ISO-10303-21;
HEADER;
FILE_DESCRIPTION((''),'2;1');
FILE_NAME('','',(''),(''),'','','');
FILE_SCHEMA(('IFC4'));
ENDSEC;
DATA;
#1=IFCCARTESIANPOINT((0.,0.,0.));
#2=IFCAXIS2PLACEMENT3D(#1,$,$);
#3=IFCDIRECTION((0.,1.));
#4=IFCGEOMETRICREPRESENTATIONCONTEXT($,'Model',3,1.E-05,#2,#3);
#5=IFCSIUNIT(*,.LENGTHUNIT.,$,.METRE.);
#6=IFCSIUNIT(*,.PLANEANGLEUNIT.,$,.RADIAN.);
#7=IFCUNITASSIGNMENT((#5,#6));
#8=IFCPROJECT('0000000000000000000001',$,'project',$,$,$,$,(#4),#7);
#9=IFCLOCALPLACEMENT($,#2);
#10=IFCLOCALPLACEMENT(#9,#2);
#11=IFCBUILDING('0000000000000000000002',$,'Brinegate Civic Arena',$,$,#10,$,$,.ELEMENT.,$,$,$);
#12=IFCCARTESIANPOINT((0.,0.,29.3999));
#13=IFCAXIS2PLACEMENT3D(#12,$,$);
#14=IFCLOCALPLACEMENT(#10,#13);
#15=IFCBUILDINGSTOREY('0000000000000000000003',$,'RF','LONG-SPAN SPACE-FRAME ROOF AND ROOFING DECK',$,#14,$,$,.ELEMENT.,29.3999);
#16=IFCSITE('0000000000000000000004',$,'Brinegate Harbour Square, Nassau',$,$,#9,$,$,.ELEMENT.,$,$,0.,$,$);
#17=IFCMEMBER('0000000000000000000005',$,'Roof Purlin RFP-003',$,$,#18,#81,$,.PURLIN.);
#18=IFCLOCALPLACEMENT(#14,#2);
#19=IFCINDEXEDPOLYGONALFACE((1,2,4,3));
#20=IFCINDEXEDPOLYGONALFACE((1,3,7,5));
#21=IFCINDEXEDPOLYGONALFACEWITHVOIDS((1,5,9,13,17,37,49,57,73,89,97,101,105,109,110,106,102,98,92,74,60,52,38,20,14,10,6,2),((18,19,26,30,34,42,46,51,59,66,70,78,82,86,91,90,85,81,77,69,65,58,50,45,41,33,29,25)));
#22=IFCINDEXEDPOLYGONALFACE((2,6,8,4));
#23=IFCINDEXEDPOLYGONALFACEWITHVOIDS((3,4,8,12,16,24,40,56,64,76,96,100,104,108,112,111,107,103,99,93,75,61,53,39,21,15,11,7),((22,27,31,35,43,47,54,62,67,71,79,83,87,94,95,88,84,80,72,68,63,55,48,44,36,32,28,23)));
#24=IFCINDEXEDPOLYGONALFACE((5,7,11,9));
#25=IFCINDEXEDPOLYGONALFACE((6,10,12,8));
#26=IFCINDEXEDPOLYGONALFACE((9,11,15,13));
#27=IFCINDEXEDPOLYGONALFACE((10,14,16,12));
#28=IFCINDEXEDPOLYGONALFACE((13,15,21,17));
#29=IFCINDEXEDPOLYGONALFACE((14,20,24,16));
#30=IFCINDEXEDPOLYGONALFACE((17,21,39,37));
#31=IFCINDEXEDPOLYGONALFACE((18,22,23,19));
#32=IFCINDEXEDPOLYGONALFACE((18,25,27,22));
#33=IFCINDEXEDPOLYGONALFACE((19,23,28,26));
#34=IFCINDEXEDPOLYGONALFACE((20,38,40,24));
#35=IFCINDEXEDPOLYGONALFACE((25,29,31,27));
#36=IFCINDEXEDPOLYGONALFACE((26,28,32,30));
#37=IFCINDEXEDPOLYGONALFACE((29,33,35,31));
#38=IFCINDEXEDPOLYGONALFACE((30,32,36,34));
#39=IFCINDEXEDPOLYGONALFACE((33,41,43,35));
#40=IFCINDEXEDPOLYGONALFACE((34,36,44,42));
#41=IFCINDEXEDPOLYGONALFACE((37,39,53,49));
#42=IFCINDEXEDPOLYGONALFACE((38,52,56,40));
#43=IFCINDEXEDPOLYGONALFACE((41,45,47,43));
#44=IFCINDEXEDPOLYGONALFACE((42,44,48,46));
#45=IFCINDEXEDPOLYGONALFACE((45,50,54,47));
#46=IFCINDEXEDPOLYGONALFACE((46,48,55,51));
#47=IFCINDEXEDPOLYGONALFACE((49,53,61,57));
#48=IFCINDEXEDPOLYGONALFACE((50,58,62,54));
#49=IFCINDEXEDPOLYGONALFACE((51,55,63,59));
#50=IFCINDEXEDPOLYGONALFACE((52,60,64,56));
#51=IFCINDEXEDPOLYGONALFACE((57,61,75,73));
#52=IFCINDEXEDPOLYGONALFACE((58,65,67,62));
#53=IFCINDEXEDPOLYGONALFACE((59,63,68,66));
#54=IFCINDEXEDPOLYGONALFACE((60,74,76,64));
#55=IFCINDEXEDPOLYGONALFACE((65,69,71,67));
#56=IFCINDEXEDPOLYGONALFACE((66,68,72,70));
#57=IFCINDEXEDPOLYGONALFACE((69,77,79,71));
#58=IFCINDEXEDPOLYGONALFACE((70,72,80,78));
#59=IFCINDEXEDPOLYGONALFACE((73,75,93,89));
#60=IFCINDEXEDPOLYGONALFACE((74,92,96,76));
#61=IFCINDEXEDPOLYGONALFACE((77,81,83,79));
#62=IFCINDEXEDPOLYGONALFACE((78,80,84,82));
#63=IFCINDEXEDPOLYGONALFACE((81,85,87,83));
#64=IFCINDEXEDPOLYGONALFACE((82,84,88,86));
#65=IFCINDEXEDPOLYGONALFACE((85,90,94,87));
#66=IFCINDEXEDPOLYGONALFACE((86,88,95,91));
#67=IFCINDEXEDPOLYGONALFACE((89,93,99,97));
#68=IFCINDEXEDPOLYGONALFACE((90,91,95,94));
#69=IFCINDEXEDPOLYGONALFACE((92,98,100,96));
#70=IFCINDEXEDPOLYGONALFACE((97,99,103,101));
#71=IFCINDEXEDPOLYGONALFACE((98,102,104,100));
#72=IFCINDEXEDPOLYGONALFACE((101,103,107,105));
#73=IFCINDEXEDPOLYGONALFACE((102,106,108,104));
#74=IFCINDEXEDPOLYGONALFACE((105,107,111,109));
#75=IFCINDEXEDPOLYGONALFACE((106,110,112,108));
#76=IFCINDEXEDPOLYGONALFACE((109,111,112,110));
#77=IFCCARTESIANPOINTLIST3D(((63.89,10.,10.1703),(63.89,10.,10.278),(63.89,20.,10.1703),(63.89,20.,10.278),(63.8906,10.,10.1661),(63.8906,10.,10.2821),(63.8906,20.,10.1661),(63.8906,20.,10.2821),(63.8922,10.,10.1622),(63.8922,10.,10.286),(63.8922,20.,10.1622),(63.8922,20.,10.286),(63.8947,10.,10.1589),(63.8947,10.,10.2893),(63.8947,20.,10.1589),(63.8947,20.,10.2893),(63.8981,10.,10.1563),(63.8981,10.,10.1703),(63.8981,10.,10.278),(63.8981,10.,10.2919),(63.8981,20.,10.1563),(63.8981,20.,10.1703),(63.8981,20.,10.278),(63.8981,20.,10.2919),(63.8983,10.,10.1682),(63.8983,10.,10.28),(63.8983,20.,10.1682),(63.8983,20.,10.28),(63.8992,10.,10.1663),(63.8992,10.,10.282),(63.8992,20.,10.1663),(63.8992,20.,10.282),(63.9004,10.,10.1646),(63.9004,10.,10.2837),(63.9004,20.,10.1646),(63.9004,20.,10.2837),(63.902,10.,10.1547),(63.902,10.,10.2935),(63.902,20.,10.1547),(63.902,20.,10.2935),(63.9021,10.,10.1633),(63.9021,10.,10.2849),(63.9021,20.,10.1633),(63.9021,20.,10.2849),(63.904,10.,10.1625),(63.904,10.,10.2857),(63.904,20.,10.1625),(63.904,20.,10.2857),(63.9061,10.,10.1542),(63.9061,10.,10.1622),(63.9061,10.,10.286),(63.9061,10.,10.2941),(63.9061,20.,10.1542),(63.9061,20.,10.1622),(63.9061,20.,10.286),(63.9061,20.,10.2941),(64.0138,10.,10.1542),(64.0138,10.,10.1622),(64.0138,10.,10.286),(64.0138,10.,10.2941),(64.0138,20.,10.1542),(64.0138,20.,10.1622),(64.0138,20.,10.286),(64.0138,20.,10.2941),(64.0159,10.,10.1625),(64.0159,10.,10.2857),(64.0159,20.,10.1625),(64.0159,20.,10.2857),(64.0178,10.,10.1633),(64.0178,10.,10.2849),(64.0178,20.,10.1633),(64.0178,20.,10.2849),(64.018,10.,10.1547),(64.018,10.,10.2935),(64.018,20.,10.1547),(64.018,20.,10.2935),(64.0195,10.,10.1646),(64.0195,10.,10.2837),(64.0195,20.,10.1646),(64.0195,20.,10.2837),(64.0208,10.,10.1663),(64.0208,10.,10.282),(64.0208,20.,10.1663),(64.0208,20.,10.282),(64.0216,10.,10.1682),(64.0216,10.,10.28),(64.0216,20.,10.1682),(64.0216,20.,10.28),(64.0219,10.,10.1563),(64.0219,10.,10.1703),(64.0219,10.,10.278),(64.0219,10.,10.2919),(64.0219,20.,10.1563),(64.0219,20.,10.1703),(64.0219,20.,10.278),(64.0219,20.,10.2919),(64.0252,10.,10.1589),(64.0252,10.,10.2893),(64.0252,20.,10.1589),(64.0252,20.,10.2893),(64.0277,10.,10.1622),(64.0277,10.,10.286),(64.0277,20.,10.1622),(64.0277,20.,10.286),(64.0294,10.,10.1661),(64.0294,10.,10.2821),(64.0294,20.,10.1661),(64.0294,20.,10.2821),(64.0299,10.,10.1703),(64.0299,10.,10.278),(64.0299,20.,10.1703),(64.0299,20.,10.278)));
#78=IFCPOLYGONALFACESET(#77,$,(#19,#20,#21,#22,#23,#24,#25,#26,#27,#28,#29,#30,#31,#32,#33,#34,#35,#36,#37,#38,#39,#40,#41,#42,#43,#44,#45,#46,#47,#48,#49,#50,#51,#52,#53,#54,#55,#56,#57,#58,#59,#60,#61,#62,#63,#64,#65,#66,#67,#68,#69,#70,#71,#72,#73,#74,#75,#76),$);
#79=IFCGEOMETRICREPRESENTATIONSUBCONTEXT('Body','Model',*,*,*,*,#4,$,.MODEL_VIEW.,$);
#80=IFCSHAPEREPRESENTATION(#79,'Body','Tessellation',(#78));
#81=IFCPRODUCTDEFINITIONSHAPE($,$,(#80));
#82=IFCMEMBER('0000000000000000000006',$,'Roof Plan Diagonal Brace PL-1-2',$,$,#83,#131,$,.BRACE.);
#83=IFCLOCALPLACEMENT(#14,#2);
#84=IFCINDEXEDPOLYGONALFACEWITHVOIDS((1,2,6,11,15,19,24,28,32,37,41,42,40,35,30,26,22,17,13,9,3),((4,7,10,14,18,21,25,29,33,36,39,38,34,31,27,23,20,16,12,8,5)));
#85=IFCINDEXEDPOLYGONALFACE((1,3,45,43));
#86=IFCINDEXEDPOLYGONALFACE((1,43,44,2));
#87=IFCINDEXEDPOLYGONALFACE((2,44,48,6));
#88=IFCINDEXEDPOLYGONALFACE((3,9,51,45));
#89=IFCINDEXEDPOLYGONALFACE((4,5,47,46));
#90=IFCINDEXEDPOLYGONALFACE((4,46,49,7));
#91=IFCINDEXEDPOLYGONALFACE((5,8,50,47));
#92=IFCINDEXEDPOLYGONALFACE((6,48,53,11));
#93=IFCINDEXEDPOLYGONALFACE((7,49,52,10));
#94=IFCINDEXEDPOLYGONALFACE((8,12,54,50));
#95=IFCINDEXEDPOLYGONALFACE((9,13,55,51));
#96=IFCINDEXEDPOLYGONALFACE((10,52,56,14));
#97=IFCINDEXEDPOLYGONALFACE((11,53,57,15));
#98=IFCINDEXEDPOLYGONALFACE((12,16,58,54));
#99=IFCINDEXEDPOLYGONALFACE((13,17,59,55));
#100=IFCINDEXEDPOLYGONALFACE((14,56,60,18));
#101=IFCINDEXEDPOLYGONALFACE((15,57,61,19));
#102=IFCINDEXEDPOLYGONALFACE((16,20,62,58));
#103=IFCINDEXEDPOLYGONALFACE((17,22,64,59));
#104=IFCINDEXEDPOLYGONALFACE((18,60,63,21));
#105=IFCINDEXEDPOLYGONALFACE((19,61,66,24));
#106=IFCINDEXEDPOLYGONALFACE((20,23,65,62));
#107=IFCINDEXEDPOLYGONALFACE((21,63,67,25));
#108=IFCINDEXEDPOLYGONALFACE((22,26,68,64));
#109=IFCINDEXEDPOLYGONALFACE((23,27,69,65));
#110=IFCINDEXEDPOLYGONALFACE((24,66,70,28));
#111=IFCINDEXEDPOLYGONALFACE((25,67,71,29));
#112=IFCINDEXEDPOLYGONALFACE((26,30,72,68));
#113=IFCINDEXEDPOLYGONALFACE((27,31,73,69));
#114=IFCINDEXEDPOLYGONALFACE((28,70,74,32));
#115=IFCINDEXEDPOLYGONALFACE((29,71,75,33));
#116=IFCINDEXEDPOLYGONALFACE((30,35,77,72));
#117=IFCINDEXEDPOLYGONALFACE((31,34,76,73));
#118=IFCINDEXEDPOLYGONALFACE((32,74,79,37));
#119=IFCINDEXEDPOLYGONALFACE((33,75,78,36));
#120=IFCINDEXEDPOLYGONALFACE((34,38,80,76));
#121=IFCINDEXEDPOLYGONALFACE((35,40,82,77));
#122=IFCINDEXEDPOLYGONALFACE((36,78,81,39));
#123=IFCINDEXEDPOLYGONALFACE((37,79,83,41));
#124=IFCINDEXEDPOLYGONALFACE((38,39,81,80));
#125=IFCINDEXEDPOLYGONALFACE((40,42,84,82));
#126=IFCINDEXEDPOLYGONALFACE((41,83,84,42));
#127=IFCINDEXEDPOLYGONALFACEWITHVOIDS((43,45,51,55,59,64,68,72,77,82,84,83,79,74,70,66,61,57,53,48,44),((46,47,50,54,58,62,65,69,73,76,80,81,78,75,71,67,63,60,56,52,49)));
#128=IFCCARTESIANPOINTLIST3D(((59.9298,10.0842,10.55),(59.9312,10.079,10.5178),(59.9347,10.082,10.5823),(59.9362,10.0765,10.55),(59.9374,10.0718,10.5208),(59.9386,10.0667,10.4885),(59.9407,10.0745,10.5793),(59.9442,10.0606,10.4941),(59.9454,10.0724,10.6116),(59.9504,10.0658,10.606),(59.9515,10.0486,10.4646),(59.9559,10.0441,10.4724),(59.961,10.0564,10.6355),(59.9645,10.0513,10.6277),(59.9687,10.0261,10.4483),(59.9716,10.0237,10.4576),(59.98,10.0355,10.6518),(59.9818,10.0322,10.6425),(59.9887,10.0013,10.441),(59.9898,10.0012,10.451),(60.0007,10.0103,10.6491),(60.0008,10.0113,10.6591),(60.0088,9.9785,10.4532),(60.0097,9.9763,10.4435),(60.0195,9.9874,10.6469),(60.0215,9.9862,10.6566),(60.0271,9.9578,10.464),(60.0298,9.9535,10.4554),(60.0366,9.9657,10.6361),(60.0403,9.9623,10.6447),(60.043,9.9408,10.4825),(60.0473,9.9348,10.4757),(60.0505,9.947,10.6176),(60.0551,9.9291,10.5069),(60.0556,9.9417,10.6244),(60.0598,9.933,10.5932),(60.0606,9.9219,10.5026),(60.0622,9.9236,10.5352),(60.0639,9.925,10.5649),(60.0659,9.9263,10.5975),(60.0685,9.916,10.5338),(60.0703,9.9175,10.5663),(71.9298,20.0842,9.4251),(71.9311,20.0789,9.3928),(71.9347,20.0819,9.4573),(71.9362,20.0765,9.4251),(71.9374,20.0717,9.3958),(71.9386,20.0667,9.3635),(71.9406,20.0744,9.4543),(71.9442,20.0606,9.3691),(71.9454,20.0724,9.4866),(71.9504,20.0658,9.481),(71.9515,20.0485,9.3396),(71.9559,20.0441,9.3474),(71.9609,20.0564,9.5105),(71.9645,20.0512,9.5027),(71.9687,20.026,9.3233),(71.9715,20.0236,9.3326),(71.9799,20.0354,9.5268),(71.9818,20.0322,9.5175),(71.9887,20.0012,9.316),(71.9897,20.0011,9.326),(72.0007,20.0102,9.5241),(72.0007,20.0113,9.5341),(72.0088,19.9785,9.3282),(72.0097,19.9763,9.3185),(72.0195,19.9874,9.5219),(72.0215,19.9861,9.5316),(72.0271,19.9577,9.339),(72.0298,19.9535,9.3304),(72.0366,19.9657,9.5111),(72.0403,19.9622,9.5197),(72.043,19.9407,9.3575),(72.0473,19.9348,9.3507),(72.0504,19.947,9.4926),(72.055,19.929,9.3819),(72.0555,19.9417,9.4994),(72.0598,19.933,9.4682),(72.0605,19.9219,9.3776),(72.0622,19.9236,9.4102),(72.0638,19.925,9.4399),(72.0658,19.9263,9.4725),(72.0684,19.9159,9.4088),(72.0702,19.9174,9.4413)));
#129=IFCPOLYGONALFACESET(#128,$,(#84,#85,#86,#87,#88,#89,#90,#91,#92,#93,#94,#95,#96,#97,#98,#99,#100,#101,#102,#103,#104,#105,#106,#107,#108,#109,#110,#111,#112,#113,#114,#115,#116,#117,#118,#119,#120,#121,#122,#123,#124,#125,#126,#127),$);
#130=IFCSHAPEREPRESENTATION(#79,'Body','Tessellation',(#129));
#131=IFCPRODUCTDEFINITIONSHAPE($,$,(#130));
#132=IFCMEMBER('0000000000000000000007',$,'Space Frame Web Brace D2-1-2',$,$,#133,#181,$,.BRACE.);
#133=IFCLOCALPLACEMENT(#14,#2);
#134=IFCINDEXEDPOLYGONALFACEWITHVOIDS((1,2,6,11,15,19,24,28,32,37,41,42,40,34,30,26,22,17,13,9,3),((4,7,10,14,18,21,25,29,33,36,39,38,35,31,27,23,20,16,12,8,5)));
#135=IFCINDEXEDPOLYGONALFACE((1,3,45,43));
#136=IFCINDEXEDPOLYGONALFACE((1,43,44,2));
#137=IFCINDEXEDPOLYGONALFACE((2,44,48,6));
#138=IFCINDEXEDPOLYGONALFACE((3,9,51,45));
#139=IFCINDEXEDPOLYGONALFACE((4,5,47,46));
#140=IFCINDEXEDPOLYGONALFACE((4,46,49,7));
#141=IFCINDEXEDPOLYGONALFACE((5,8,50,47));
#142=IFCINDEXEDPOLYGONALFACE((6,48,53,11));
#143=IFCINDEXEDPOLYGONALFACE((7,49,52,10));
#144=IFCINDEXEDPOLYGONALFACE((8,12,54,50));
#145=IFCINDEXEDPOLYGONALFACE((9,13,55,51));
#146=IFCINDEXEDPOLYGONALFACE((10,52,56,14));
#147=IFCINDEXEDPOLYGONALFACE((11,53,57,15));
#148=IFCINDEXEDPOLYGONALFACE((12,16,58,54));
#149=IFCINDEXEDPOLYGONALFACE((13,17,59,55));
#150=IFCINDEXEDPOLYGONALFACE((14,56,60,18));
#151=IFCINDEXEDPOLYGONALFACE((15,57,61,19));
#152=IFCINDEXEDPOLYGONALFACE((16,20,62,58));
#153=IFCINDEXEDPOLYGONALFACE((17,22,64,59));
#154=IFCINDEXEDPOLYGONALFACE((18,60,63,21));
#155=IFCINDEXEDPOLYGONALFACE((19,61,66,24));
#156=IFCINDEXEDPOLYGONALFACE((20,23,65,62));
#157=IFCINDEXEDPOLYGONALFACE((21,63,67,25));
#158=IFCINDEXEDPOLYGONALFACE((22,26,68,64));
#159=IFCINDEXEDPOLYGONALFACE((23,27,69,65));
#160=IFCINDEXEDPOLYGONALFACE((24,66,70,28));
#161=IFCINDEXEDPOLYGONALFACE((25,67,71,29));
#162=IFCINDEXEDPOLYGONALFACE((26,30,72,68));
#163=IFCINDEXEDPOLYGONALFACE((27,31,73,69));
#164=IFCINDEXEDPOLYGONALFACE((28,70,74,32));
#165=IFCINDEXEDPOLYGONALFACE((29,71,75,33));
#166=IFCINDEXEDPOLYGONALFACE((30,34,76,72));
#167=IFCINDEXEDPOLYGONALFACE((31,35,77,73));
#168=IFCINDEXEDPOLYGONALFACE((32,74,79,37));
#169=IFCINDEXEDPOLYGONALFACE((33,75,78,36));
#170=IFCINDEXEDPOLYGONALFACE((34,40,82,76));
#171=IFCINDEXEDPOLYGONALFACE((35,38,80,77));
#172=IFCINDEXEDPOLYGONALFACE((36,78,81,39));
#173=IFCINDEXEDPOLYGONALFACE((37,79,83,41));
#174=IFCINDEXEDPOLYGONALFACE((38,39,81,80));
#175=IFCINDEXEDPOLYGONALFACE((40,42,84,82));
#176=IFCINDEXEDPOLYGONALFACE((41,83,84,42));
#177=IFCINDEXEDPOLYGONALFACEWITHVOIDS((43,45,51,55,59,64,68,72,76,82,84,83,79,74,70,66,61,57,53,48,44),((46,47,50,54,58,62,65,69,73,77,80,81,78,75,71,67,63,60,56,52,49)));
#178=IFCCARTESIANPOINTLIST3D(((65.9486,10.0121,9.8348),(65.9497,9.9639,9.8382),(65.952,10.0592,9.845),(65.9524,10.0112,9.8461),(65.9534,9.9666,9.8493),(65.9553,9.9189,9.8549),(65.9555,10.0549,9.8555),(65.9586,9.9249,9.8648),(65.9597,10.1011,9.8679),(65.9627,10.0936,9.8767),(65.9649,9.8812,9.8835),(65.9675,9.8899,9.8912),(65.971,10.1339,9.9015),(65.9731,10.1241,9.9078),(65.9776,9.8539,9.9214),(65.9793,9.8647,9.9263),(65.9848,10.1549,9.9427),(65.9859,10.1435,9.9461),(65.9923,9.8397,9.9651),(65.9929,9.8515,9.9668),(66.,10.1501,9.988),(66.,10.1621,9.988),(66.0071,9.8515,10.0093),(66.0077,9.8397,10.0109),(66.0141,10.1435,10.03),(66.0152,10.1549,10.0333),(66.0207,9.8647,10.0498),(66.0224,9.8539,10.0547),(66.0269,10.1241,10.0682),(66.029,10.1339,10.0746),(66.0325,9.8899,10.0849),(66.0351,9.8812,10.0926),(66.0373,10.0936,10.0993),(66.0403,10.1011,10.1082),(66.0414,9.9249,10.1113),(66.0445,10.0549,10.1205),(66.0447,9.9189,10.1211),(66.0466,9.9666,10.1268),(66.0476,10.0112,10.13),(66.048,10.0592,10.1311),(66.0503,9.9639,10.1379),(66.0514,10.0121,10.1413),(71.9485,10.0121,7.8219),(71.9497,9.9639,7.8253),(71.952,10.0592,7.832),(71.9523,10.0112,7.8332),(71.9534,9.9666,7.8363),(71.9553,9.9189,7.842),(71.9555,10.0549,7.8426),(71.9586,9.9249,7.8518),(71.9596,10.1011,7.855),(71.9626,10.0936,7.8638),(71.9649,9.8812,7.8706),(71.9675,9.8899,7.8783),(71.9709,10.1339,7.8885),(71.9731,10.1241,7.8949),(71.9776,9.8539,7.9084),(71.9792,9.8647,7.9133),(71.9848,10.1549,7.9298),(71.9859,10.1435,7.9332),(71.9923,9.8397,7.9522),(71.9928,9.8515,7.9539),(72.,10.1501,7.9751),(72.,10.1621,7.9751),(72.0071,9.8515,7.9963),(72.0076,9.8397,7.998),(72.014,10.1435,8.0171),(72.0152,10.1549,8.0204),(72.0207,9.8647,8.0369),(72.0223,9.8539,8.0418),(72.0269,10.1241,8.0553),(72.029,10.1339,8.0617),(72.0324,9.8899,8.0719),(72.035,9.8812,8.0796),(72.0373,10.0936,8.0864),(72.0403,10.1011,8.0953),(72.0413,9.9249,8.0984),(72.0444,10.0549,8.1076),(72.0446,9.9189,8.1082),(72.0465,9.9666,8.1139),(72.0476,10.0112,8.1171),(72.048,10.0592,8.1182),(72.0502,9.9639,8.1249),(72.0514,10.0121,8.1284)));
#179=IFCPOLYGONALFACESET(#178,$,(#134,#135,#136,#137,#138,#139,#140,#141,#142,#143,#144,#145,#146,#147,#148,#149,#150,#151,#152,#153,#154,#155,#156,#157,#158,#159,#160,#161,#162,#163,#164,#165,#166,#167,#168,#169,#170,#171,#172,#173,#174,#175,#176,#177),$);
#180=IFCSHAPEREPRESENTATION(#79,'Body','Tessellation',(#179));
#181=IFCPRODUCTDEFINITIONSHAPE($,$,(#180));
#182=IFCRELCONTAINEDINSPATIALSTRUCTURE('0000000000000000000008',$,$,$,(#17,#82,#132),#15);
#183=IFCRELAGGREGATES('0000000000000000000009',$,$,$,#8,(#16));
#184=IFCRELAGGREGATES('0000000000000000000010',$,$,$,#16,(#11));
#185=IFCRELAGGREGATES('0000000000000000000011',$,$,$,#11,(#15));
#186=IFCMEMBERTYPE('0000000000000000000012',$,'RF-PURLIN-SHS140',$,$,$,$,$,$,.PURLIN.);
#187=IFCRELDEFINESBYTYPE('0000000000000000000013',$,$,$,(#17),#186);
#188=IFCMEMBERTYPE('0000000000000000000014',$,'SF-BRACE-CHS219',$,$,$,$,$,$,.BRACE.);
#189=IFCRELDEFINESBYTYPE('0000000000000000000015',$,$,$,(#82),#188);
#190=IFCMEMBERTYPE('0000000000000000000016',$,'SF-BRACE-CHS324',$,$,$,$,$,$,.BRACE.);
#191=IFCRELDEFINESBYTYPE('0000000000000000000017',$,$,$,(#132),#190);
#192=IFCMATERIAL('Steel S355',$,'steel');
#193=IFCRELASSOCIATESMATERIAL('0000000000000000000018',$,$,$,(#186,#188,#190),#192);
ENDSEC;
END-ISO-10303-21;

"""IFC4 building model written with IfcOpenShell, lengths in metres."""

from ifc_helpers import new_model, si_unit, direction, frame, origin, origin_2d, place, context, subcontext, project, spatial, hollow_rectangle, hollow_circle, extrude, material, material_profile, profile_set, type_object, element, save


model = new_model("IFC4")

# Units and contexts
model_context = context("Model", 3, precision=1e-05, world=origin(), true_north=direction((0.0, 1.0)))
body_context = subcontext(model_context, "Body", "Model", "MODEL_VIEW")
ifc_project = project(units=[si_unit("LENGTHUNIT", "METRE"), si_unit("PLANEANGLEUNIT", "RADIAN")], contexts=[model_context])

# Site, building, storey
site_placement = place(None, origin())
site = spatial("IfcSite", under=ifc_project, at=site_placement, Name="Brinegate Harbour Square, Nassau", CompositionType="ELEMENT", RefElevation=0.0)
building_placement = place(site_placement, origin())
building = spatial("IfcBuilding", under=site, at=building_placement, Name="Brinegate Civic Arena", CompositionType="ELEMENT")
storey_placement = place(building_placement, frame((0.0, 0.0, 29.3999)))
storey = spatial("IfcBuildingStorey", under=building, at=storey_placement, Name="RF", Description="LONG-SPAN SPACE-FRAME ROOF AND ROOFING DECK", CompositionType="ELEMENT", Elevation=29.3999)

# Shared definitions
ifc_material_1 = material(Name="Steel S355", Category="steel")

# Members
ifc_material_profile_1 = material_profile(ifc_material_1, hollow_rectangle(XDim=0.1399, YDim=0.1399, WallThickness=0.0081, InnerFilletRadius=0.0081, OuterFilletRadius=0.0161, at=origin_2d()), Name="SHS140X8")
ifc_profile_set_1 = profile_set([ifc_material_profile_1], Name="Steel S355")
member_type_1 = type_object("IfcMemberType", Name="RF-PURLIN-SHS140", PredefinedType="PURLIN", material=ifc_profile_set_1)
member_1_placement = place(storey_placement, frame((63.96, 10.0, 10.2241), z_axis=(0.0, 1.0, 0.0), x_axis=(-1.0, 0.0, 0.0)))
element("IfcMember", 1, at=member_1_placement, inside=storey, type_object=member_type_1, Name="Roof Purlin RFP-003", PredefinedType="PURLIN", context=body_context, shape_type="SweptSolid", body=[
    extrude(hollow_rectangle(XDim=0.1399, YDim=0.1399, WallThickness=0.0081, InnerFilletRadius=0.0081, OuterFilletRadius=0.0161, at=origin_2d()), origin(), (0.0, 0.0, 1.0), 10.0),
])
ifc_material_profile_2 = material_profile(ifc_material_1, hollow_circle(Radius=0.1096, WallThickness=0.01, at=origin_2d()), Name="CHS219X10")
ifc_profile_set_2 = profile_set([ifc_material_profile_2], Name="Steel S355")
member_type_2 = type_object("IfcMemberType", Name="SF-BRACE-CHS219", PredefinedType="BRACE", material=ifc_profile_set_2)
member_2_placement = place(storey_placement, frame((60.0, 10.0, 10.55), z_axis=(0.766237, 0.638531, -0.071835), x_axis=(-0.640184, 0.768221, 0.0)))
element("IfcMember", 2, at=member_2_placement, inside=storey, type_object=member_type_2, Name="Roof Plan Diagonal Brace PL-1-2", PredefinedType="BRACE", context=body_context, shape_type="SweptSolid", body=[
    extrude(hollow_circle(Radius=0.1096, WallThickness=0.01, at=origin_2d()), origin(), (0.0, 0.0, 1.0), 15.6609),
])
ifc_material_profile_3 = material_profile(ifc_material_1, hollow_circle(Radius=0.1621, WallThickness=0.012, at=origin_2d()), Name="CHS324X12")
ifc_profile_set_3 = profile_set([ifc_material_profile_3], Name="Steel S355")
member_type_3 = type_object("IfcMemberType", Name="SF-BRACE-CHS324", PredefinedType="BRACE", material=ifc_profile_set_3)
member_3_placement = place(storey_placement, frame((66.0, 10.0, 9.988), z_axis=(0.948068, 0.0, -0.318067), x_axis=(0.0, 1.0, 0.0)))
element("IfcMember", 3, at=member_3_placement, inside=storey, type_object=member_type_3, Name="Space Frame Web Brace D2-1-2", PredefinedType="BRACE", context=body_context, shape_type="SweptSolid", body=[
    extrude(hollow_circle(Radius=0.1621, WallThickness=0.012, at=origin_2d()), origin(), (0.0, 0.0, 1.0), 6.3286),
])

save(model, "model.ifc")
